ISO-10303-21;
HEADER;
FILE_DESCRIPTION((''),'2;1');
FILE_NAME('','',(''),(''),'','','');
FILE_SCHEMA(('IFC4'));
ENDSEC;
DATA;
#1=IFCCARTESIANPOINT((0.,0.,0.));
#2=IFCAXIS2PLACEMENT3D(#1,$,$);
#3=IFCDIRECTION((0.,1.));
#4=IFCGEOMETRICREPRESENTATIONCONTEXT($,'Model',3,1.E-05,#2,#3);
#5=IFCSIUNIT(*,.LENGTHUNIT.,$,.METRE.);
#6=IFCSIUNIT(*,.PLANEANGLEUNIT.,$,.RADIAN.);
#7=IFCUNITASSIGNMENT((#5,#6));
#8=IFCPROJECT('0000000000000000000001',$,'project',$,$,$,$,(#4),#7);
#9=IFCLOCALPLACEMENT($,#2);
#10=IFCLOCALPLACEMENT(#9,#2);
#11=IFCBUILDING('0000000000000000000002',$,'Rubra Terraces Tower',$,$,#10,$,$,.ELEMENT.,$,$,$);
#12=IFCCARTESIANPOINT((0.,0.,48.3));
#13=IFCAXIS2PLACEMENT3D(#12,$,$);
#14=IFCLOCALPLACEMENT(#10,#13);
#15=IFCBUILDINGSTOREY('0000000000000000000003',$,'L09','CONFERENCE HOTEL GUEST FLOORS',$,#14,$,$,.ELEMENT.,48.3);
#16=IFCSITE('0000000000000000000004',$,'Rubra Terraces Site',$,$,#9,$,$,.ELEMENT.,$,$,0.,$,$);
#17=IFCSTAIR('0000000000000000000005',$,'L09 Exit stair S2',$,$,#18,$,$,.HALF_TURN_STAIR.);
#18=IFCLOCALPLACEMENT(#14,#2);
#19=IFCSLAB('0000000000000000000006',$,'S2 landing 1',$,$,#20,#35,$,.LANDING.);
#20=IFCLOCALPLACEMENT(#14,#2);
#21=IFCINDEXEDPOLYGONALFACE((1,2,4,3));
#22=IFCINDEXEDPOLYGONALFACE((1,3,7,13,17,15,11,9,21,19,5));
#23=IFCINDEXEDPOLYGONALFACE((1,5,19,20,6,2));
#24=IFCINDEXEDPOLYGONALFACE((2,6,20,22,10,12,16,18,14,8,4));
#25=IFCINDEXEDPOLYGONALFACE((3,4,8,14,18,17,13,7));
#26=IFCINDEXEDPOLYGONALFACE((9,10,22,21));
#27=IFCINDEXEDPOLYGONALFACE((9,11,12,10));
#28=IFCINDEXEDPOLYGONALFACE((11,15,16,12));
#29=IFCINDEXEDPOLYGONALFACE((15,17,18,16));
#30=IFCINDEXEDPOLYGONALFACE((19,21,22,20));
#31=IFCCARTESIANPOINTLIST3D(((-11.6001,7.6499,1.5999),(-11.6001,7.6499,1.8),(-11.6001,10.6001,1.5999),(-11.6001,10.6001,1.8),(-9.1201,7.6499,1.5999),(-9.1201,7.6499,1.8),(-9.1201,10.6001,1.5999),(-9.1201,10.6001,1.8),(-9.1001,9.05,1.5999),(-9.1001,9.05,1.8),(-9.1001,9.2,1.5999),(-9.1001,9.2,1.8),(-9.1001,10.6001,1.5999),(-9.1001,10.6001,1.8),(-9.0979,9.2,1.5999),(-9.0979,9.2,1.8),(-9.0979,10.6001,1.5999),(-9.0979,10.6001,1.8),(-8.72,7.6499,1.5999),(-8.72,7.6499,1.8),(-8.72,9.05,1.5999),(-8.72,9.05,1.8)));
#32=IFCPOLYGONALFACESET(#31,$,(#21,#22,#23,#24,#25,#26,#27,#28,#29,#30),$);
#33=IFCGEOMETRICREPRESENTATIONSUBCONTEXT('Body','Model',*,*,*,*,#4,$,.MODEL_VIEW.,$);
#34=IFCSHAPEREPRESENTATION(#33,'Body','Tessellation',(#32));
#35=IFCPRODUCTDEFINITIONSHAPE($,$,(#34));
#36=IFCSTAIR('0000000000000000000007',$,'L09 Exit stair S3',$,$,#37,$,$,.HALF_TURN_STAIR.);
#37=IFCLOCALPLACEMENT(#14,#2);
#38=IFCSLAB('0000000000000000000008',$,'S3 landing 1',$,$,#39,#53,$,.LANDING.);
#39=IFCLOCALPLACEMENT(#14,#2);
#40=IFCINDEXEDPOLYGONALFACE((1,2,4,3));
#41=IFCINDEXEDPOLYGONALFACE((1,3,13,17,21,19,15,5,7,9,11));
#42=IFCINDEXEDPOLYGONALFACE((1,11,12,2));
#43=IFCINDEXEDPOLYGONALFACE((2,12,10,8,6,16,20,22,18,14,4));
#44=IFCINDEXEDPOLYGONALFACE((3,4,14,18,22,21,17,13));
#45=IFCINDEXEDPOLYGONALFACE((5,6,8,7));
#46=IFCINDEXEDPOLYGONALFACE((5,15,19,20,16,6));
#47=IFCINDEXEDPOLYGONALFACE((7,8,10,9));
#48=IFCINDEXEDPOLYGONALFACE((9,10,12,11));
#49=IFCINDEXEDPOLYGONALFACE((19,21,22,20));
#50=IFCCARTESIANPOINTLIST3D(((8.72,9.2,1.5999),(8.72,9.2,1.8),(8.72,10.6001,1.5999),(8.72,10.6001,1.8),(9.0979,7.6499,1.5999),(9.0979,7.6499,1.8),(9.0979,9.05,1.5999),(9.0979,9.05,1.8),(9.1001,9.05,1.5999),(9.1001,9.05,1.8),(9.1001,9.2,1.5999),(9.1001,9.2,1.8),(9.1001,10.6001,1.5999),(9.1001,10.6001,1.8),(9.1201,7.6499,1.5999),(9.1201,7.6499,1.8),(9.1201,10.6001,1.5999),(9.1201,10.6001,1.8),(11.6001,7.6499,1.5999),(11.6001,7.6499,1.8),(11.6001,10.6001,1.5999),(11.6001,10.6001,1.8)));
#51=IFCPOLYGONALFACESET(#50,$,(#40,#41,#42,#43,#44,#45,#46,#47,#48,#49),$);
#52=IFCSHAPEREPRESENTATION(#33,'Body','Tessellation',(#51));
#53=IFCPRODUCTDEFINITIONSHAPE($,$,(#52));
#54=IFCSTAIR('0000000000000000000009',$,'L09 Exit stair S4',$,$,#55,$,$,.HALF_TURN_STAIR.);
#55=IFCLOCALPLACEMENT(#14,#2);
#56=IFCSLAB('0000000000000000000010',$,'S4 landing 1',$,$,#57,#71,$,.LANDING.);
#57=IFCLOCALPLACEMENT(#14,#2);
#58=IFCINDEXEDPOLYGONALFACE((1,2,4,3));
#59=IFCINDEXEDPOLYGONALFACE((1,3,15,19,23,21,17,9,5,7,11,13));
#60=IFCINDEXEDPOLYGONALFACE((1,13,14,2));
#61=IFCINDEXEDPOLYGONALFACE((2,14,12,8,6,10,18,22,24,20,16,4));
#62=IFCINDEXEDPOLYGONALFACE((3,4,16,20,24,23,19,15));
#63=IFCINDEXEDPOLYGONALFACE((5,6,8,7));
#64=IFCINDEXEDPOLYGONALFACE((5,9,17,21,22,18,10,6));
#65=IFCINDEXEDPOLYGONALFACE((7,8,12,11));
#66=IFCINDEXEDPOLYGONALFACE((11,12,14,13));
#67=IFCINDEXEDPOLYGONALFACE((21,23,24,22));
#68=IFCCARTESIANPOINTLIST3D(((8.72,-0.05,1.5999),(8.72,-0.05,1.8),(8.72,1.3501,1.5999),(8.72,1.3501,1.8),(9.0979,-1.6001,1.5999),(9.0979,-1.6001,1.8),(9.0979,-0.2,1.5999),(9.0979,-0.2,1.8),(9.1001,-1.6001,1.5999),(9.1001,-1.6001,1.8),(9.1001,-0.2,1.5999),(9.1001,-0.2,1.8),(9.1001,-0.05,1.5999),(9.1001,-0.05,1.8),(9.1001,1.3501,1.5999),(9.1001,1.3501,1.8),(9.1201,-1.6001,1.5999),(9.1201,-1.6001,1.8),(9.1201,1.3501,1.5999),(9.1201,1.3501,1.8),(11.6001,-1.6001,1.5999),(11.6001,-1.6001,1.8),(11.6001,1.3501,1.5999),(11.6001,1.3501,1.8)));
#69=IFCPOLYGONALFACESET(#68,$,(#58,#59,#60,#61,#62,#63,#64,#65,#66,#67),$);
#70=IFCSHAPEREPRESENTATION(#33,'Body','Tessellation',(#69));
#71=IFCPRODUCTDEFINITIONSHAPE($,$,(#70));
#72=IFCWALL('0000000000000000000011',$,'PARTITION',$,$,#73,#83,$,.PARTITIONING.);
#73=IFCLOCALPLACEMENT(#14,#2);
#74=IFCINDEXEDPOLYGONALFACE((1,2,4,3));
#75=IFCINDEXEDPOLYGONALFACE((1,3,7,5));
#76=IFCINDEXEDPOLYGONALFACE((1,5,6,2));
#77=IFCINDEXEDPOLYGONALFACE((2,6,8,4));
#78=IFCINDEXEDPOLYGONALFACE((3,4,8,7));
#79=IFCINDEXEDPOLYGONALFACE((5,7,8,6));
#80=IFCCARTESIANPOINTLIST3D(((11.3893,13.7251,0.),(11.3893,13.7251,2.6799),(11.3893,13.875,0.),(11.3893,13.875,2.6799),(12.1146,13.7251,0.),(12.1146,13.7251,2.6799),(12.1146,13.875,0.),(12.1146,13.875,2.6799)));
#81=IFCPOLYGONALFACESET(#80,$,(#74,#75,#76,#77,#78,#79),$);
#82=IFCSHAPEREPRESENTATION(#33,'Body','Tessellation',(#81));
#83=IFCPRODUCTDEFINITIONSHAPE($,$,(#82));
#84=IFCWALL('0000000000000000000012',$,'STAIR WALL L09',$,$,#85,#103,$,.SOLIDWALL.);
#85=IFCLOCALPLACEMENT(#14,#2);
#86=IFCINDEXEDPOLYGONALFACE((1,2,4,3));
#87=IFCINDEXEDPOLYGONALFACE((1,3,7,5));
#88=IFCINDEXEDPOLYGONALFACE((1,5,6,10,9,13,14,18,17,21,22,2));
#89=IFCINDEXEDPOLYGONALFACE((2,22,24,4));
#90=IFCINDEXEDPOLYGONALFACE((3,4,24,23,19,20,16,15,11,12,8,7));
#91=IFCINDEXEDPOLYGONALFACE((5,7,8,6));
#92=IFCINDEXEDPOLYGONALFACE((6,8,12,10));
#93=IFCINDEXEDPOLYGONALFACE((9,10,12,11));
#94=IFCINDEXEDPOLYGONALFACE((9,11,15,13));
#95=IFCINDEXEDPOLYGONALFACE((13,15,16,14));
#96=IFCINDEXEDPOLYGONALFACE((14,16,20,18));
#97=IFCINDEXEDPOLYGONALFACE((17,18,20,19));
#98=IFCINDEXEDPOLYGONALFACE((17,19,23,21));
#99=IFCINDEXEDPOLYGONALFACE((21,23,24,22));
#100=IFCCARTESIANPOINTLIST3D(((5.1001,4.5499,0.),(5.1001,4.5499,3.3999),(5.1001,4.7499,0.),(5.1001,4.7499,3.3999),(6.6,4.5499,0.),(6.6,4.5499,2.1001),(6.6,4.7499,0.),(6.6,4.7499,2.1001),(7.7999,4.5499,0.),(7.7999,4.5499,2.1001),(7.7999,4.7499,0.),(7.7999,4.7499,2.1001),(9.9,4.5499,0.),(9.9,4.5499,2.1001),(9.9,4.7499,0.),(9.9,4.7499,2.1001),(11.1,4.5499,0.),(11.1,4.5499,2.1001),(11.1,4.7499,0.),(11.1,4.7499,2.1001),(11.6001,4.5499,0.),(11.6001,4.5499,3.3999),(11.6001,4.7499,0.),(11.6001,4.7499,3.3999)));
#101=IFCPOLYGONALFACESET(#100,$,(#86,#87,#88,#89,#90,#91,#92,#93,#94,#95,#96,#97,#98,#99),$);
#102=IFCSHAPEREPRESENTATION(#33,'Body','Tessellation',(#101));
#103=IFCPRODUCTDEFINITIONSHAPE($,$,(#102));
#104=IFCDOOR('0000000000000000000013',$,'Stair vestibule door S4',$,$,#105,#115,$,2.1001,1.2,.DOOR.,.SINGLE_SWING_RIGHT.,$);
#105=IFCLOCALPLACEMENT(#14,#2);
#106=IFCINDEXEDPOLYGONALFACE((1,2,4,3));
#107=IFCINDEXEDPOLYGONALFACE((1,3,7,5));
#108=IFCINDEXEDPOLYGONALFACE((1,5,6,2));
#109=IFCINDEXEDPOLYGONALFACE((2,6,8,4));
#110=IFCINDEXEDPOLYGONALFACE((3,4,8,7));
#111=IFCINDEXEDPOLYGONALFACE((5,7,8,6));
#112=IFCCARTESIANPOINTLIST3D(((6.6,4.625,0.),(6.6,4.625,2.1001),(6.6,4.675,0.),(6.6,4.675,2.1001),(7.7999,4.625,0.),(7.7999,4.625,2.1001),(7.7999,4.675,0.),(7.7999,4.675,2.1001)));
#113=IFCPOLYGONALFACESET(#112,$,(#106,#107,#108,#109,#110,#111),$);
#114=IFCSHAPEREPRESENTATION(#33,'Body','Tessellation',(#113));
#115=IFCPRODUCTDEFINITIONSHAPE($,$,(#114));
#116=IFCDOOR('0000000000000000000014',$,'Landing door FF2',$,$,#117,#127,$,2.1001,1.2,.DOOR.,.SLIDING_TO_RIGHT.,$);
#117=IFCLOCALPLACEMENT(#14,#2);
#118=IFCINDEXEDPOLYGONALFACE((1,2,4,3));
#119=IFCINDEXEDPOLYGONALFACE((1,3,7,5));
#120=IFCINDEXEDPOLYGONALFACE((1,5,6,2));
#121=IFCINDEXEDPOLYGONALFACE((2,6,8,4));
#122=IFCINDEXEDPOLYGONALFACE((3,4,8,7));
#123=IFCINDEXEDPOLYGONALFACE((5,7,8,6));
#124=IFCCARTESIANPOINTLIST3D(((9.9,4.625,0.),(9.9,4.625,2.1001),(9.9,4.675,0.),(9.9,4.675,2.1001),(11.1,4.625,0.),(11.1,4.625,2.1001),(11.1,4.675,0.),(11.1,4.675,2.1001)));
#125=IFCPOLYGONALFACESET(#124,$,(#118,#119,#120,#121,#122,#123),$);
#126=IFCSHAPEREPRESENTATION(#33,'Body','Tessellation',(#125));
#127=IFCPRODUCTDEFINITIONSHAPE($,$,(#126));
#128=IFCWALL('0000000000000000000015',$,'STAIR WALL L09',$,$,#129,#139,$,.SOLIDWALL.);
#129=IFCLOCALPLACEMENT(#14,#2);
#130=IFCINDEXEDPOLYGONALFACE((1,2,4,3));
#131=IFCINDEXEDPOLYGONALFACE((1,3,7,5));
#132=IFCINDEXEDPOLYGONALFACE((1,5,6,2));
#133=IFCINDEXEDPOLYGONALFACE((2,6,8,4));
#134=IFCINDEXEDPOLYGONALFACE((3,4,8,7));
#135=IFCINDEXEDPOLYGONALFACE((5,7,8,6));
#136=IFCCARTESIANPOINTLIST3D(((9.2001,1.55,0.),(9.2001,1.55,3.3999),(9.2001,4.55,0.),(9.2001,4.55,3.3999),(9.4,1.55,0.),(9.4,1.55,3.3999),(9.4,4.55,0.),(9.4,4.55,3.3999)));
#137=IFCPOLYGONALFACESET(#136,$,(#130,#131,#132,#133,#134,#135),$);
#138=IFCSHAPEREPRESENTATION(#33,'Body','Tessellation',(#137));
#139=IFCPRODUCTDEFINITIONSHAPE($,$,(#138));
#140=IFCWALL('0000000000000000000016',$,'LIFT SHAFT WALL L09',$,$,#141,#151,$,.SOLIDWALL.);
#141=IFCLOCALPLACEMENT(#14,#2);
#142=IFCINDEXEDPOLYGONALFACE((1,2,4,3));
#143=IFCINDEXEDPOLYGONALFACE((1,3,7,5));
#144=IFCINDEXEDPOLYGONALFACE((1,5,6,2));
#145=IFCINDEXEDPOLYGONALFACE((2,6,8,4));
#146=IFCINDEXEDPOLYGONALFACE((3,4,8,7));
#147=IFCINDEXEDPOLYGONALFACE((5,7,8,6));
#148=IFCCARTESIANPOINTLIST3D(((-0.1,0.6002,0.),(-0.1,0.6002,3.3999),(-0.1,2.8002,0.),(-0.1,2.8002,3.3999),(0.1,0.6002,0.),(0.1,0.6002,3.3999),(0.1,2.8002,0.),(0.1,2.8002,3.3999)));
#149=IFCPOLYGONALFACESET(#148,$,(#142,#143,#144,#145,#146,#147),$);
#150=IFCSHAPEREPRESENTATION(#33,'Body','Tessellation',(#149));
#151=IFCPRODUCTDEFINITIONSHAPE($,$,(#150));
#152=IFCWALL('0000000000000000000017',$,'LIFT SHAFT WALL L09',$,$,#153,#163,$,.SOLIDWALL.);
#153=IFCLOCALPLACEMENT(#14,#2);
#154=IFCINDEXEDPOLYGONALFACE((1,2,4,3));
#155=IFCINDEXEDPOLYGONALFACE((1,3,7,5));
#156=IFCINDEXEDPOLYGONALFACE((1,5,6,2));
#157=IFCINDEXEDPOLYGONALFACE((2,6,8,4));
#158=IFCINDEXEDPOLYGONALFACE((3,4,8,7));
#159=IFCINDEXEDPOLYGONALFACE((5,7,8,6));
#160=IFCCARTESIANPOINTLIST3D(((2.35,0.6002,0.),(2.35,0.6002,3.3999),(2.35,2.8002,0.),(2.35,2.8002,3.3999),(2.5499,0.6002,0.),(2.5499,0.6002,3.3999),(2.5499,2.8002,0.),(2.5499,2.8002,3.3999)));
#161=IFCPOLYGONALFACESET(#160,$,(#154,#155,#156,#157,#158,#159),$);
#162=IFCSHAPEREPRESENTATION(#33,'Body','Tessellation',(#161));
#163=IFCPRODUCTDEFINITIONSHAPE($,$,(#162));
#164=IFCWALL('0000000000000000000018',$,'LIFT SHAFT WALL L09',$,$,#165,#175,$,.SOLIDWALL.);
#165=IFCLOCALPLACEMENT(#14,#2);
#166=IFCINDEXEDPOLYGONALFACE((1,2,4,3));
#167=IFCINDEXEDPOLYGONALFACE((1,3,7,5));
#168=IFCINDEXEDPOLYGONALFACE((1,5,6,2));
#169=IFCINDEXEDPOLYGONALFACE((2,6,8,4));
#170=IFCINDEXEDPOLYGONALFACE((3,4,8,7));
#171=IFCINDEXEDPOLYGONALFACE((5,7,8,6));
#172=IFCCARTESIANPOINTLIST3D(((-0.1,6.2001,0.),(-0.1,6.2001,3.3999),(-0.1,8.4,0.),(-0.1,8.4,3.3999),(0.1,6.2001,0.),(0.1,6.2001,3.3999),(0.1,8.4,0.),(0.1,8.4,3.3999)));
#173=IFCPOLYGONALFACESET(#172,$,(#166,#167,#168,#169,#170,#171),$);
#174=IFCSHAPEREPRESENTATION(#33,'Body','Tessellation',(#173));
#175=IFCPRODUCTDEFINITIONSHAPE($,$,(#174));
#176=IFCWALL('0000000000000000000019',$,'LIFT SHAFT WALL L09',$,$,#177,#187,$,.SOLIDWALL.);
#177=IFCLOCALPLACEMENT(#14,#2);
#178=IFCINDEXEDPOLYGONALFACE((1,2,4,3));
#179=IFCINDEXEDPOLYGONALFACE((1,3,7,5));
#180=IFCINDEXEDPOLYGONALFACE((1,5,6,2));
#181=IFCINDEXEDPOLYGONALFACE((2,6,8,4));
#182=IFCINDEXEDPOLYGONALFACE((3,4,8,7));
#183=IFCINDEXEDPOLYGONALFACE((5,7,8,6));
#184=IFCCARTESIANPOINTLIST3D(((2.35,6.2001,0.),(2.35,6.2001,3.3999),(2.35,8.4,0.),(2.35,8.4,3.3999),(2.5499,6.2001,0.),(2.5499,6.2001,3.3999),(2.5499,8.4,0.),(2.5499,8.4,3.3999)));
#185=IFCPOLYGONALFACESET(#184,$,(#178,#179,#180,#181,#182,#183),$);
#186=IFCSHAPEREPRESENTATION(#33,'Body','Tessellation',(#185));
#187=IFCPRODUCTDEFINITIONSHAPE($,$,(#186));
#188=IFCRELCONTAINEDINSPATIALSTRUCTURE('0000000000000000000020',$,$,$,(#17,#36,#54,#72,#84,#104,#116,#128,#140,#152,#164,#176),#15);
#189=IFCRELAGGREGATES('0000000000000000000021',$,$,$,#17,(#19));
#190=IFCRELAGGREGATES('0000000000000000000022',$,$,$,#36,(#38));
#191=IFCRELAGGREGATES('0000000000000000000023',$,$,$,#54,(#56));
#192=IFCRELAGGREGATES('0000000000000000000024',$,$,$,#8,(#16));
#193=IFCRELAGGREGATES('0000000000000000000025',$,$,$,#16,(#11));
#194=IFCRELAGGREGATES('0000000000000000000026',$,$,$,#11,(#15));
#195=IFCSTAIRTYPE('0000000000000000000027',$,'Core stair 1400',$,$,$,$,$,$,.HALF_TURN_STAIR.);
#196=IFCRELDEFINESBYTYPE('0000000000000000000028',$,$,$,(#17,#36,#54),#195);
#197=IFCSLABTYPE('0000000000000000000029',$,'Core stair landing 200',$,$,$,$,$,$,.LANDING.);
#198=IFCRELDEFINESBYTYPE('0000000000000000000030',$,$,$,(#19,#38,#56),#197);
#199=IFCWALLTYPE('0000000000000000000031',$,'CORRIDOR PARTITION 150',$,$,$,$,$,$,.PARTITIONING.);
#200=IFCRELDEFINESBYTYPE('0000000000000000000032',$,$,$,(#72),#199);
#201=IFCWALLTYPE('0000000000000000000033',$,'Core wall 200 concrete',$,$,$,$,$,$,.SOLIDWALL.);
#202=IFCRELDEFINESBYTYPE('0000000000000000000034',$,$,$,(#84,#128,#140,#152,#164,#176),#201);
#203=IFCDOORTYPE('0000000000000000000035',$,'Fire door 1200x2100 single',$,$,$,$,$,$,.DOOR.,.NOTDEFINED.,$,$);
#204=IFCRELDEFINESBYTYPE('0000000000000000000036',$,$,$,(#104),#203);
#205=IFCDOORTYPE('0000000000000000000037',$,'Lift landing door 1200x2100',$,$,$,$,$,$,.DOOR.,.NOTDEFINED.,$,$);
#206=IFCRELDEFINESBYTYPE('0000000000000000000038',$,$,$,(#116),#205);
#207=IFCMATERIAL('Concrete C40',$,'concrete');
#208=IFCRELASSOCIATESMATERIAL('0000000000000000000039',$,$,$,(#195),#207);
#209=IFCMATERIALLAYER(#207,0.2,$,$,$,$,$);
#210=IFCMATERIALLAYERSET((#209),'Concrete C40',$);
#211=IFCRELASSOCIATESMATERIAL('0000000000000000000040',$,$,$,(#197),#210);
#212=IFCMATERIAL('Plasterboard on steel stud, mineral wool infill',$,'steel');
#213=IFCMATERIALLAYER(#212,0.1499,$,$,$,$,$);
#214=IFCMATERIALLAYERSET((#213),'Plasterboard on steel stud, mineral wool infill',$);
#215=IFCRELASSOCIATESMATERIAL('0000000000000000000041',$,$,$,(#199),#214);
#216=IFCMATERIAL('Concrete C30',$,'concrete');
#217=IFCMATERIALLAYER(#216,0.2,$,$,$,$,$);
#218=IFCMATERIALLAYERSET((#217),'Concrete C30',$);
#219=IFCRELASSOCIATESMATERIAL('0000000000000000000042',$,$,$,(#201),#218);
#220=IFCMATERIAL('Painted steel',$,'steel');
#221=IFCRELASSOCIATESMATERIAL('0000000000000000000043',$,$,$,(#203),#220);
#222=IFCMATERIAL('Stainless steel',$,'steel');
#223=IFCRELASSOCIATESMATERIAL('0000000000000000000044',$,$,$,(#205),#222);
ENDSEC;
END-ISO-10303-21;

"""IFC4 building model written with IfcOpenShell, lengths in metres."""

from ifc_helpers import new_model, si_unit, direction, frame, frame_2d, origin, place, context, subcontext, project, spatial, polyline, rectangle, outline, extrude, material, layer, layer_set, type_object, element, fill, aggregate, save


model = new_model("IFC4")

# Units and contexts
model_context = context("Model", 3, precision=1e-05, world=origin(), true_north=direction((0.0, 1.0)))
body_context = subcontext(model_context, "Body", "Model", "MODEL_VIEW")
ifc_project = project(units=[si_unit("LENGTHUNIT", "METRE"), si_unit("PLANEANGLEUNIT", "RADIAN")], contexts=[model_context])

# Site, building, storey
site_placement = place(None, origin())
site = spatial("IfcSite", under=ifc_project, at=site_placement, Name="Rubra Terraces Site", CompositionType="ELEMENT", RefElevation=0.0)
building_placement = place(site_placement, origin())
building = spatial("IfcBuilding", under=site, at=building_placement, Name="Rubra Terraces Tower", CompositionType="ELEMENT")
storey_placement = place(building_placement, frame((0.0, 0.0, 48.3)))
storey = spatial("IfcBuildingStorey", under=building, at=storey_placement, Name="L09", Description="CONFERENCE HOTEL GUEST FLOORS", CompositionType="ELEMENT", Elevation=48.3)

# Stairs, slabs
ifc_material_1 = material(Name="Concrete C40", Category="concrete")
stair_type = type_object("IfcStairType", Name="Core stair 1400", PredefinedType="HALF_TURN_STAIR", material=ifc_material_1)
stair_1_placement = place(storey_placement, origin())
stair_1 = element("IfcStair", 1, at=stair_1_placement, inside=storey, type_object=stair_type, Name="L09 Exit stair S2", PredefinedType="HALF_TURN_STAIR")
ifc_layer_1 = layer(ifc_material_1, 0.2)
ifc_layer_set_1 = layer_set([ifc_layer_1], Name="Concrete C40")
slab_type = type_object("IfcSlabType", Name="Core stair landing 200", PredefinedType="LANDING", material=ifc_layer_set_1)
slab_1_placement = place(storey_placement, frame((0.0, 0.0, 1.5999)))
slab_1 = element("IfcSlab", 2, at=slab_1_placement, type_object=slab_type, Name="S2 landing 1", PredefinedType="LANDING", context=body_context, shape_type="SweptSolid", body=[
    extrude(outline(polyline([(-8.72, 9.05), (-8.72, 7.6499), (-9.1201, 7.6499), (-11.6001, 7.6499), (-11.6001, 10.6001), (-9.1201, 10.6001), (-9.1001, 10.6001), (-9.0979, 10.6001), (-9.0979, 9.2), (-9.1001, 9.2), (-9.1001, 9.05), (-8.72, 9.05)])), origin(), (0.0, 0.0, 1.0), 0.2002),
])
aggregate(stair_1, [slab_1])
stair_2_placement = place(storey_placement, origin())
stair_2 = element("IfcStair", 3, at=stair_2_placement, inside=storey, type_object=stair_type, Name="L09 Exit stair S3", PredefinedType="HALF_TURN_STAIR")
slab_2_placement = place(storey_placement, frame((0.0, 0.0, 1.5999)))
slab_2 = element("IfcSlab", 4, at=slab_2_placement, type_object=slab_type, Name="S3 landing 1", PredefinedType="LANDING", context=body_context, shape_type="SweptSolid", body=[
    extrude(outline(polyline([(9.1001, 9.05), (9.1001, 9.2), (8.72, 9.2), (8.72, 10.6001), (9.1001, 10.6001), (9.1201, 10.6001), (11.6001, 10.6001), (11.6001, 7.6499), (9.1201, 7.6499), (9.0979, 7.6499), (9.0979, 9.05), (9.1001, 9.05)])), origin(), (0.0, 0.0, 1.0), 0.2002),
])
stair_3_placement = place(storey_placement, origin())
stair_3 = element("IfcStair", 5, at=stair_3_placement, inside=storey, type_object=stair_type, Name="L09 Exit stair S4", PredefinedType="HALF_TURN_STAIR")
slab_3_placement = place(storey_placement, frame((0.0, 0.0, 1.5999)))
slab_3 = element("IfcSlab", 6, at=slab_3_placement, type_object=slab_type, Name="S4 landing 1", PredefinedType="LANDING", context=body_context, shape_type="SweptSolid", body=[
    extrude(outline(polyline([(9.1001, -0.2), (9.1001, -0.05), (8.72, -0.05), (8.72, 1.3501), (9.1001, 1.3501), (9.1201, 1.3501), (11.6001, 1.3501), (11.6001, -1.6001), (9.1201, -1.6001), (9.1001, -1.6001), (9.0979, -1.6001), (9.0979, -0.2), (9.1001, -0.2)])), origin(), (0.0, 0.0, 1.0), 0.2002),
])

# Wall
ifc_material_2 = material(Name="Plasterboard on steel stud, mineral wool infill", Category="steel")
ifc_layer_2 = layer(ifc_material_2, 0.1499)
ifc_layer_set_2 = layer_set([ifc_layer_2], Name="Plasterboard on steel stud, mineral wool infill")
wall_type_1 = type_object("IfcWallType", Name="CORRIDOR PARTITION 150", PredefinedType="PARTITIONING", material=ifc_layer_set_2)
wall_1_placement = place(storey_placement, frame((12.1147, 13.8, 0.0), z_axis=(0.0, 0.0, 1.0), x_axis=(-1.0, 0.0, 0.0)))
element("IfcWall", 7, at=wall_1_placement, inside=storey, type_object=wall_type_1, Name="PARTITION", PredefinedType="PARTITIONING", context=body_context, shape_type="SweptSolid", body=[
    extrude(rectangle(XDim=0.7253, YDim=0.1499, at=frame_2d((0.3628, 0.0))), origin(), (0.0, 0.0, 1.0), 2.6799),
])

# Wall, openings, doors
ifc_material_3 = material(Name="Concrete C30", Category="concrete")
ifc_layer_3 = layer(ifc_material_3, 0.2)
ifc_layer_set_3 = layer_set([ifc_layer_3], Name="Concrete C30")
wall_type_2 = type_object("IfcWallType", Name="Core wall 200 concrete", PredefinedType="SOLIDWALL", material=ifc_layer_set_3)
wall_2_placement = place(storey_placement, frame((11.6001, 4.6499, 0.0), z_axis=(0.0, 0.0, 1.0), x_axis=(-1.0, 0.0, 0.0)))
wall_2 = element("IfcWall", 8, at=wall_2_placement, inside=storey, type_object=wall_type_2, Name="STAIR WALL L09", PredefinedType="SOLIDWALL", context=body_context, shape_type="SweptSolid", body=[
    extrude(rectangle(XDim=6.5, YDim=0.2, at=frame_2d((3.25, 0.0))), origin(), (0.0, 0.0, 1.0), 3.3999),
])
opening_1_placement = place(wall_2_placement, frame((3.8, 0.0, 0.0)))
opening_1 = element("IfcOpeningElement", 9, at=opening_1_placement, cuts=wall_2, PredefinedType="OPENING", context=body_context, shape_type="SweptSolid", body=[
    extrude(rectangle(XDim=1.2, YDim=2.1001, at=frame_2d((0.6001, 1.05))), frame((0.0, 0.1099, 0.0), z_axis=(0.0, -1.0, 0.0), x_axis=(1.0, 0.0, 0.0)), (0.0, 0.0, 1.0), 0.22),
])
opening_2_placement = place(wall_2_placement, frame((0.5, 0.0, 0.0)))
opening_2 = element("IfcOpeningElement", 10, at=opening_2_placement, cuts=wall_2, PredefinedType="OPENING", context=body_context, shape_type="SweptSolid", body=[
    extrude(rectangle(XDim=1.2, YDim=2.1001, at=frame_2d((0.6001, 1.05))), frame((0.0, 0.1099, 0.0), z_axis=(0.0, -1.0, 0.0), x_axis=(1.0, 0.0, 0.0)), (0.0, 0.0, 1.0), 0.22),
])
ifc_material_4 = material(Name="Painted steel", Category="steel")
door_type_1 = type_object("IfcDoorType", Name="Fire door 1200x2100 single", OperationType="NOTDEFINED", PredefinedType="DOOR", material=ifc_material_4)
door_1_placement = place(opening_1_placement, origin())
door_1 = element("IfcDoor", 11, at=door_1_placement, inside=storey, type_object=door_type_1, Name="Stair vestibule door S4", OperationType="SINGLE_SWING_RIGHT", OverallHeight=2.1001, OverallWidth=1.2, PredefinedType="DOOR", context=body_context, shape_type="SweptSolid", body=[
    extrude(rectangle(XDim=1.2, YDim=2.1001, at=frame_2d((0.6001, 1.05))), frame((0.0, 0.0249, 0.0), z_axis=(0.0, -1.0, 0.0), x_axis=(1.0, 0.0, 0.0)), (0.0, 0.0, 1.0), 0.05),
])
fill(opening_1, door_1)
ifc_material_5 = material(Name="Stainless steel", Category="steel")
door_type_2 = type_object("IfcDoorType", Name="Lift landing door 1200x2100", OperationType="NOTDEFINED", PredefinedType="DOOR", material=ifc_material_5)
door_2_placement = place(opening_2_placement, origin())
door_2 = element("IfcDoor", 12, at=door_2_placement, inside=storey, type_object=door_type_2, Name="Landing door FF2", OperationType="SLIDING_TO_RIGHT", OverallHeight=2.1001, OverallWidth=1.2, PredefinedType="DOOR", context=body_context, shape_type="SweptSolid", body=[
    extrude(rectangle(XDim=1.2, YDim=2.1001, at=frame_2d((0.6001, 1.05))), frame((0.0, 0.0249, 0.0), z_axis=(0.0, -1.0, 0.0), x_axis=(1.0, 0.0, 0.0)), (0.0, 0.0, 1.0), 0.05),
])
fill(opening_2, door_2)

# Walls
wall_3_placement = place(storey_placement, frame((9.3, 4.55, 0.0), z_axis=(0.0, 0.0, 1.0), x_axis=(0.0, -1.0, 0.0)))
element("IfcWall", 13, at=wall_3_placement, inside=storey, type_object=wall_type_2, Name="STAIR WALL L09", PredefinedType="SOLIDWALL", context=body_context, shape_type="SweptSolid", body=[
    extrude(rectangle(XDim=3.0, YDim=0.2, at=frame_2d((1.5, 0.0))), origin(), (0.0, 0.0, 1.0), 3.3999),
])
for number, where, z_axis, x_axis, name in (
    (14, (0.0, 0.6001, 0.0), (0.0, 0.0, 1.0), (0.0, 1.0, 0.0), "LIFT SHAFT WALL L09"),
    (15, (2.45, 0.6001, 0.0), (0.0, 0.0, 1.0), (0.0, 1.0, 0.0), "LIFT SHAFT WALL L09"),
    (16, (0.0, 6.2, 0.0), (0.0, 0.0, 1.0), (0.0, 1.0, 0.0), "LIFT SHAFT WALL L09"),
    (17, (2.45, 6.2, 0.0), (0.0, 0.0, 1.0), (0.0, 1.0, 0.0), "LIFT SHAFT WALL L09"),
):
    element("IfcWall", number, at=place(storey_placement, frame(where, z_axis=z_axis, x_axis=x_axis)), inside=storey, type_object=wall_type_2, Name=name, PredefinedType="SOLIDWALL", context=body_context, shape_type="SweptSolid", body=[
        extrude(rectangle(XDim=2.2, YDim=0.2, at=frame_2d((1.1001, 0.0))), origin(), (0.0, 0.0, 1.0), 3.3999),
    ])

aggregate(stair_2, [slab_2])
aggregate(stair_3, [slab_3])

save(model, "model.ifc")
